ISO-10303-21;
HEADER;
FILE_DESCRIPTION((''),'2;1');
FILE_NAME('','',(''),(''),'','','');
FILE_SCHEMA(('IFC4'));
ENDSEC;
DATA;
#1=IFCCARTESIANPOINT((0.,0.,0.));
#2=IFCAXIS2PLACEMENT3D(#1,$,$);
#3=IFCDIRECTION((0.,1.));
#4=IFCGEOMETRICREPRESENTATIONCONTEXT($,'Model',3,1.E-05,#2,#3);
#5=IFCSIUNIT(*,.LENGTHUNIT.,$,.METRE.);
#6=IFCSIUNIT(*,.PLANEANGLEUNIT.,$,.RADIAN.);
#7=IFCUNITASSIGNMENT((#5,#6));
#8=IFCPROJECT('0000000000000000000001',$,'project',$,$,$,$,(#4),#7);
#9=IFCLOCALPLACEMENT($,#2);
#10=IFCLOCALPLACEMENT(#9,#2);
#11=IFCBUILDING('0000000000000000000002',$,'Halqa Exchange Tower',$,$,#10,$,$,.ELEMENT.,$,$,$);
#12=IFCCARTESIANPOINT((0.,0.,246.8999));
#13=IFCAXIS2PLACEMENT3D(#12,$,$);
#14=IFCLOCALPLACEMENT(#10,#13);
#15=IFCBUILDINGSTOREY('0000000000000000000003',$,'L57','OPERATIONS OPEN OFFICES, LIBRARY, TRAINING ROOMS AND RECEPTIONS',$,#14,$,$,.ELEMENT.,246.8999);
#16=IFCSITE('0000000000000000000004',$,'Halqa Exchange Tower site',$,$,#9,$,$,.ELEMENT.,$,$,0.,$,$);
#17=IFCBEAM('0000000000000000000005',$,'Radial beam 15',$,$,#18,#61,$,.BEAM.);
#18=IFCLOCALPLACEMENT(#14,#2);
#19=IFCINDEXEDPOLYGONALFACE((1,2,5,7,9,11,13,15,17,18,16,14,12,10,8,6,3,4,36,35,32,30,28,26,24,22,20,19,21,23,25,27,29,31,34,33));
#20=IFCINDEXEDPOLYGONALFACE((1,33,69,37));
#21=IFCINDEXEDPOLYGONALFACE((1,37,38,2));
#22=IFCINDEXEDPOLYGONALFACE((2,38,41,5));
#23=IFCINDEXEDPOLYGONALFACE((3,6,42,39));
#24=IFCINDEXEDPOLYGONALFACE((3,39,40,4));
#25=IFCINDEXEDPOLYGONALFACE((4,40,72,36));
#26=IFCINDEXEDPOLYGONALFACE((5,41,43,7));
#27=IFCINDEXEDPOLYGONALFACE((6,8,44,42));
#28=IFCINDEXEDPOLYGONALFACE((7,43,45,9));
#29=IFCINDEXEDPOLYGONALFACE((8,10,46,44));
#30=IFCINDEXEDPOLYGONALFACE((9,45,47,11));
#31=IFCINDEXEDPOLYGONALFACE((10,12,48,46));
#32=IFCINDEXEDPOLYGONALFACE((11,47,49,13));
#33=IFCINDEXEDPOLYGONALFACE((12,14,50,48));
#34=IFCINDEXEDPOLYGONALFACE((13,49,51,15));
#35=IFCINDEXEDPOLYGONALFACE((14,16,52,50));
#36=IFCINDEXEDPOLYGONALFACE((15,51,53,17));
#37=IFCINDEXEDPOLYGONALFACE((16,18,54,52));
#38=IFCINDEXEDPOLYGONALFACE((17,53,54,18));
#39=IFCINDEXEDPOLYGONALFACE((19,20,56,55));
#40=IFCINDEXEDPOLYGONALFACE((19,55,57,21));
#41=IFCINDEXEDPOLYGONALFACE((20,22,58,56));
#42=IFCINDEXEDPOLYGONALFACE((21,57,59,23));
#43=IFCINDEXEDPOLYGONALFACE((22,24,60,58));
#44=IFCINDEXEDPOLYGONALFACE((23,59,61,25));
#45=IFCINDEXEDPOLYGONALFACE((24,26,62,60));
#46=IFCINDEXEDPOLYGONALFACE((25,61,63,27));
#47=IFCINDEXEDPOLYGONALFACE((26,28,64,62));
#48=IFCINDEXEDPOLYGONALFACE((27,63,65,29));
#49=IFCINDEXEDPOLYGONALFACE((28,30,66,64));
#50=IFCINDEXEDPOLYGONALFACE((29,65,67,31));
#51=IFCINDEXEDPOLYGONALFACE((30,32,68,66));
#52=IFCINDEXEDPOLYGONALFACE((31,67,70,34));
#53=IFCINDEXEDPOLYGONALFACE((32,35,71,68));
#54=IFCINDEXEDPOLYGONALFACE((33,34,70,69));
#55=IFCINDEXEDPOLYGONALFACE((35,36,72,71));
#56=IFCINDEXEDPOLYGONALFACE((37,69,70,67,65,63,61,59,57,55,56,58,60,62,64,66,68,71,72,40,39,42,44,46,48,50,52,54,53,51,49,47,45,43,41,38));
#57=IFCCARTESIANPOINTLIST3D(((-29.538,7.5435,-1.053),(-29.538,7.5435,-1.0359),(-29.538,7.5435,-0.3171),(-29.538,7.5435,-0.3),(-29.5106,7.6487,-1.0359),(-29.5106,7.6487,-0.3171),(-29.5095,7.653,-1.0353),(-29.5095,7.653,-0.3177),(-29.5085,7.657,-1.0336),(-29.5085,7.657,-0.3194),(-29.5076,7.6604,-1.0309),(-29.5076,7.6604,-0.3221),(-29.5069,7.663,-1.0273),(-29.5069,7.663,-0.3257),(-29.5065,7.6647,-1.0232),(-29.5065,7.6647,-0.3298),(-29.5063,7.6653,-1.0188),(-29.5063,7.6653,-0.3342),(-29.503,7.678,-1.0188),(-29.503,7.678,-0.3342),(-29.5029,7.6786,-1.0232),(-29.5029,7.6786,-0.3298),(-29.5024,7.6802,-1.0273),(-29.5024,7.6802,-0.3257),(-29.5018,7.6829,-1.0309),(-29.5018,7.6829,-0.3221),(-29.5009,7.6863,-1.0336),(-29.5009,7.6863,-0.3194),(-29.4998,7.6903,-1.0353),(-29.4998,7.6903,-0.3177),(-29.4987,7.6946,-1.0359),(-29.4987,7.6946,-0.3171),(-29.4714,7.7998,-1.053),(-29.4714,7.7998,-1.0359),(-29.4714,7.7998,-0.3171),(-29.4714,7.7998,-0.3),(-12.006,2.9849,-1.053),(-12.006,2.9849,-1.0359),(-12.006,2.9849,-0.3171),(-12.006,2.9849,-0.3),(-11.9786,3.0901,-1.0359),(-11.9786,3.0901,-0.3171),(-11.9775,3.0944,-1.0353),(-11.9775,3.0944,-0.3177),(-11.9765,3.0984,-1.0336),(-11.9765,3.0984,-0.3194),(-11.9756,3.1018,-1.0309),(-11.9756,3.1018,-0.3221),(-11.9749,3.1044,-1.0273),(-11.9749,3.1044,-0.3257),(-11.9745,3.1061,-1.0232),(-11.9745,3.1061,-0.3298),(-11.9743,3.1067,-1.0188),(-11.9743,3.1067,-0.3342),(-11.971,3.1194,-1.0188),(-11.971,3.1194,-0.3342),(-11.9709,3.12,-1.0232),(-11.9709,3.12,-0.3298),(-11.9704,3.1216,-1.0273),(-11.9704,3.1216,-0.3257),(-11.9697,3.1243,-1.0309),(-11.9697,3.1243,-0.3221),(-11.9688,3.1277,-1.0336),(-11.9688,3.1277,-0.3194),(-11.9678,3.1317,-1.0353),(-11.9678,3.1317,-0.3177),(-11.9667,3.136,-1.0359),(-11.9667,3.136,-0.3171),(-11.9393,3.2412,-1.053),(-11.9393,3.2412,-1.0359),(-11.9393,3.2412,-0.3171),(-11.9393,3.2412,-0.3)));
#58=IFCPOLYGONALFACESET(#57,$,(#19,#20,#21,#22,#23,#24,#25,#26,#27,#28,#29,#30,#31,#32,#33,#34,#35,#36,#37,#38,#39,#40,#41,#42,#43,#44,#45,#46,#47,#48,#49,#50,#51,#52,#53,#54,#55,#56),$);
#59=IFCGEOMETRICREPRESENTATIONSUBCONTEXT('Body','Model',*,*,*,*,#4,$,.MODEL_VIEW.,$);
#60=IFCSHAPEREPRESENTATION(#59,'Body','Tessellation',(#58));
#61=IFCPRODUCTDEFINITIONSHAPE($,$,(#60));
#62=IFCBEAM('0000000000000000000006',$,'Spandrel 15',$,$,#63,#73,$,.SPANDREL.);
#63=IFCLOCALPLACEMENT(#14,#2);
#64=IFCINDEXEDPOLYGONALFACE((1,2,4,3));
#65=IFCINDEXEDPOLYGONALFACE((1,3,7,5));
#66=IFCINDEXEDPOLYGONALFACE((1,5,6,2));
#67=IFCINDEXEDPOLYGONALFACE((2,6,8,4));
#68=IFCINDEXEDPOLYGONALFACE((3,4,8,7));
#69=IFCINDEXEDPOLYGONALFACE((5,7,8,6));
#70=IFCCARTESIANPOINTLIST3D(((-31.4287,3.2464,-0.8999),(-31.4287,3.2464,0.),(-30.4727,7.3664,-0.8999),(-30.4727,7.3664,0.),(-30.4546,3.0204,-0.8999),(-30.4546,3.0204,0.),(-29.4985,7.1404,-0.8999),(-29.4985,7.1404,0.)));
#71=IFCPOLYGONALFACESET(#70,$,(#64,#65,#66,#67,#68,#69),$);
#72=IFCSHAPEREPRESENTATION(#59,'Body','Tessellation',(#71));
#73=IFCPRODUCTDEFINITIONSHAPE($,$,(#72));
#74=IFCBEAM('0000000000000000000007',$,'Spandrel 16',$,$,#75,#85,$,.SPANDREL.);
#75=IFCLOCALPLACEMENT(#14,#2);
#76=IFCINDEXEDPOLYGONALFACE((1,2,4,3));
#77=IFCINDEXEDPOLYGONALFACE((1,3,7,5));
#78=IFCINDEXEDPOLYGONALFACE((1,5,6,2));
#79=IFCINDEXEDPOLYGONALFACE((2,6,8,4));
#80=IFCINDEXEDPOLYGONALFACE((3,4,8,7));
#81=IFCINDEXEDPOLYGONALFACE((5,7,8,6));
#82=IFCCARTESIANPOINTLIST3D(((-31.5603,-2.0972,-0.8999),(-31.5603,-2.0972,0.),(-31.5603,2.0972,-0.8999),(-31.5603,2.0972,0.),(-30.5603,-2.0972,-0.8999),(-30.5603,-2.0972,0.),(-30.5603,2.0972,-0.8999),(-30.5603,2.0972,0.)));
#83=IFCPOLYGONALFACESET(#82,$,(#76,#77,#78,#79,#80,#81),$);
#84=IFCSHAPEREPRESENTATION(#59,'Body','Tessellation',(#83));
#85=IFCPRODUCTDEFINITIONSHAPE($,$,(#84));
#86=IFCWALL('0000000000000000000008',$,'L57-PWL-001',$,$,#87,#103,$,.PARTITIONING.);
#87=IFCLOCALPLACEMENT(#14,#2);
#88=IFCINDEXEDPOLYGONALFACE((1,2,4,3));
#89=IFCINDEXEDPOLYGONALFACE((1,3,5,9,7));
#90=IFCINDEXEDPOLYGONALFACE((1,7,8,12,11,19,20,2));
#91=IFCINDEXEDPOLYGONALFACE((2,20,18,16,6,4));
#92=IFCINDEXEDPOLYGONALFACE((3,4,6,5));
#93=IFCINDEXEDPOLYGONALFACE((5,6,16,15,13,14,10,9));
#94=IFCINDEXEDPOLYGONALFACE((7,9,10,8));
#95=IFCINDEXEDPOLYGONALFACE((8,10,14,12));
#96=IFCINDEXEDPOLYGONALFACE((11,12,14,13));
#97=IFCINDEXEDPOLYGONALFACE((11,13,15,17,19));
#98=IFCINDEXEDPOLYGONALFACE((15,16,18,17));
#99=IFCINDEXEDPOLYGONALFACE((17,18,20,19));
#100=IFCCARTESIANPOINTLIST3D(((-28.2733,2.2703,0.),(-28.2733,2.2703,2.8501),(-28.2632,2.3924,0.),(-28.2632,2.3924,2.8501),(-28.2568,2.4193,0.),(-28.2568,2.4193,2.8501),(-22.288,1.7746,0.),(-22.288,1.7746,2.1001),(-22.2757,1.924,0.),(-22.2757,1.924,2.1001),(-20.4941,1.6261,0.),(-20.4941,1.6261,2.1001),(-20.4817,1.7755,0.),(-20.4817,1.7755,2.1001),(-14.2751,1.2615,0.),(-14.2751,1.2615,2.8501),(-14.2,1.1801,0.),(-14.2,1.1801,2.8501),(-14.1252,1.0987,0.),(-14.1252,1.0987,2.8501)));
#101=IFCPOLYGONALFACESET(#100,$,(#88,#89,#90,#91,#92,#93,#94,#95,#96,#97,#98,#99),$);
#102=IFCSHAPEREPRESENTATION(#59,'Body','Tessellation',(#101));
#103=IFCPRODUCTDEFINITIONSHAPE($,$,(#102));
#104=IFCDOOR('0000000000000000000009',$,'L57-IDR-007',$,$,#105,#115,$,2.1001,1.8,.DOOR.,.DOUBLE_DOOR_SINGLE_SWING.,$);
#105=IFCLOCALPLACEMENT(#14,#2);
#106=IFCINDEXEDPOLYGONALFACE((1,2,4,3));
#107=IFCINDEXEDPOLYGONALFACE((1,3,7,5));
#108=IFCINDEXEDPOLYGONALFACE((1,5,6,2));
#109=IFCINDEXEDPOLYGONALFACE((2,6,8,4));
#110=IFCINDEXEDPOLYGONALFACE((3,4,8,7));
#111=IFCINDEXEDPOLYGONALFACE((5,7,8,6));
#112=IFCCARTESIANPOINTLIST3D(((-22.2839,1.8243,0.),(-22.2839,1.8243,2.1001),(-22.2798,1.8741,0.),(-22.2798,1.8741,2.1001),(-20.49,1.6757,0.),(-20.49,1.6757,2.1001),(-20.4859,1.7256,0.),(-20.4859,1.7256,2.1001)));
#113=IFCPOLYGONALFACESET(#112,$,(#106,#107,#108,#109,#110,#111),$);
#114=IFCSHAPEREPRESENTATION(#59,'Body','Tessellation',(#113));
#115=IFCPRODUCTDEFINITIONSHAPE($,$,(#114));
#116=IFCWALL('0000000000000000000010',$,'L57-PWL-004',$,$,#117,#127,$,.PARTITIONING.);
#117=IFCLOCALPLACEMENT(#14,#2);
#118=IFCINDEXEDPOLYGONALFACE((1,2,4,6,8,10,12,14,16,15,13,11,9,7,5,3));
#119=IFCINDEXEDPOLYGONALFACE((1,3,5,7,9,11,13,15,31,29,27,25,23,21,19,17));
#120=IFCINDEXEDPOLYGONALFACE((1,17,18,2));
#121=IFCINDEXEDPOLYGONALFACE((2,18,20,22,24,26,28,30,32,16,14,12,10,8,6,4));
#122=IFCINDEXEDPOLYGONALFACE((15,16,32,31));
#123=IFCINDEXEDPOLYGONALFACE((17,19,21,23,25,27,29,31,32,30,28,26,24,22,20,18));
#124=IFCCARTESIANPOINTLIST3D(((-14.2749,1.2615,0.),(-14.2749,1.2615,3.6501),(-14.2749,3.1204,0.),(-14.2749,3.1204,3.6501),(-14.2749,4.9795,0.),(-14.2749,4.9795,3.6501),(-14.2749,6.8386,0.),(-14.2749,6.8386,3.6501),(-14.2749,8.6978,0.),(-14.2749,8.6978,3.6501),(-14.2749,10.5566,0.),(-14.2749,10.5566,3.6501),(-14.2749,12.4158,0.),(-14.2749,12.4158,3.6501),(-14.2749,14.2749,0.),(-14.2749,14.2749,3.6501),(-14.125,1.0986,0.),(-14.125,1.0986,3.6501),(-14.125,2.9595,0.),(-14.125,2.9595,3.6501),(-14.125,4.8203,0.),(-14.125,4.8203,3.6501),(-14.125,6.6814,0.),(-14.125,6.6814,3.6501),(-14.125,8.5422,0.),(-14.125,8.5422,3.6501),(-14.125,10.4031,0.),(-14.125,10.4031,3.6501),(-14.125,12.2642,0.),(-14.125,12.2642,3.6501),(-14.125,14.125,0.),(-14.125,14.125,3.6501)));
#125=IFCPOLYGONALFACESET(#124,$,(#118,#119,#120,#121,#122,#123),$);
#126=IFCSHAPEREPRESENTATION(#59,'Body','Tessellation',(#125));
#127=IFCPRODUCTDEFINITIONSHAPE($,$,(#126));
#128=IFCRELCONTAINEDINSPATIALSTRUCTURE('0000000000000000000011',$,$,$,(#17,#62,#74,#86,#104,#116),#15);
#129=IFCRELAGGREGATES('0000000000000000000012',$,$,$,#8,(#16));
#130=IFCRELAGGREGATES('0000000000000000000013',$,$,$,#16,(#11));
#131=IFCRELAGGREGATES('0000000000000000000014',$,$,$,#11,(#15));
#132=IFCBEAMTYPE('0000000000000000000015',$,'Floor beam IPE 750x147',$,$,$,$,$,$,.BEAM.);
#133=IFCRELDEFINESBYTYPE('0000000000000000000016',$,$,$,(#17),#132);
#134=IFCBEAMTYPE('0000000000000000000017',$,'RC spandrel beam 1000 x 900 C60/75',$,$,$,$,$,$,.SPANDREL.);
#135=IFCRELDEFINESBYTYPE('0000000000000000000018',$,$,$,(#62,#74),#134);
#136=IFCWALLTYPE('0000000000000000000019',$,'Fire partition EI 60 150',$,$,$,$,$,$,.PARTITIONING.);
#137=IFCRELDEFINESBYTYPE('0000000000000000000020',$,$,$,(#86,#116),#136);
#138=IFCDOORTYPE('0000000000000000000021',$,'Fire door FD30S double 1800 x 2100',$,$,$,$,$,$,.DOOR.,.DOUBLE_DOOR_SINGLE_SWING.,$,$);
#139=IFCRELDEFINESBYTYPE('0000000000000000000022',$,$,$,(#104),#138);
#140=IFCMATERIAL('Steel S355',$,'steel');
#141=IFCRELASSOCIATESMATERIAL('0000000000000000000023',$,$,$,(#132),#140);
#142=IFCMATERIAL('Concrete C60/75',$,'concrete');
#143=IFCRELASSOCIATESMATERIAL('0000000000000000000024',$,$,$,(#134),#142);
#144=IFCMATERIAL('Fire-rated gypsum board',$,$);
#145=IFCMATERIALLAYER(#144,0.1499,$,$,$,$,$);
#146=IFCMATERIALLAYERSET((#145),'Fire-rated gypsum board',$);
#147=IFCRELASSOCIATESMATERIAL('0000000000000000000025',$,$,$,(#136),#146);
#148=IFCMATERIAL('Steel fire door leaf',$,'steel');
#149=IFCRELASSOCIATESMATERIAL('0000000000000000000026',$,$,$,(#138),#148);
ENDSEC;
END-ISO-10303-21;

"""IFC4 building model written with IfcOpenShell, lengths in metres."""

from ifc_helpers import new_model, si_unit, direction, frame, frame_2d, origin, origin_2d, place, context, subcontext, project, spatial, polyline, rectangle, i_section, outline, extrude, material, layer, layer_set, material_profile, profile_set, type_object, element, fill, save


model = new_model("IFC4")

# Units and contexts
model_context = context("Model", 3, precision=1e-05, world=origin(), true_north=direction((0.0, 1.0)))
body_context = subcontext(model_context, "Body", "Model", "MODEL_VIEW")
ifc_project = project(units=[si_unit("LENGTHUNIT", "METRE"), si_unit("PLANEANGLEUNIT", "RADIAN")], contexts=[model_context])

# Site, building, storey
site_placement = place(None, origin())
site = spatial("IfcSite", under=ifc_project, at=site_placement, Name="Halqa Exchange Tower site", CompositionType="ELEMENT", RefElevation=0.0)
building_placement = place(site_placement, origin())
building = spatial("IfcBuilding", under=site, at=building_placement, Name="Halqa Exchange Tower", CompositionType="ELEMENT")
storey_placement = place(building_placement, frame((0.0, 0.0, 246.8999)))
storey = spatial("IfcBuildingStorey", under=building, at=storey_placement, Name="L57", Description="OPERATIONS OPEN OFFICES, LIBRARY, TRAINING ROOMS AND RECEPTIONS", CompositionType="ELEMENT", Elevation=246.8999)

# Shared definitions
ifc_material_1 = material(Name="Concrete C60/75", Category="concrete")

# Beams
ifc_material_2 = material(Name="Steel S355", Category="steel")
ifc_material_profile_1 = material_profile(ifc_material_2, i_section(OverallWidth=0.2649, OverallDepth=0.7529, WebThickness=0.0132, FlangeThickness=0.0171, FilletRadius=0.0171, at=origin_2d()), Name="IPE 750x147")
ifc_profile_set_1 = profile_set([ifc_material_profile_1], Name="Steel S355")
beam_type_1 = type_object("IfcBeamType", Name="Floor beam IPE 750x147", PredefinedType="BEAM", material=ifc_profile_set_1)
beam_1_placement = place(storey_placement, frame((-11.9727, 3.113, -0.6765), z_axis=(-0.967819, 0.251648, 0.0), x_axis=(-0.251648, -0.967819, 0.0)))
element("IfcBeam", 1, at=beam_1_placement, inside=storey, type_object=beam_type_1, Name="Radial beam 15", PredefinedType="BEAM", context=body_context, shape_type="SweptSolid", body=[
    extrude(i_section(OverallWidth=0.2649, OverallDepth=0.7529, WebThickness=0.0132, FlangeThickness=0.0171, FilletRadius=0.0171, at=origin_2d()), origin(), (0.0, 0.0, 1.0), 18.115),
])
ifc_material_profile_2 = material_profile(ifc_material_1, rectangle(XDim=1.0, YDim=0.8999, at=origin_2d()), Name="1000 x 900")
ifc_profile_set_2 = profile_set([ifc_material_profile_2], Name="Concrete C60/75")
beam_type_2 = type_object("IfcBeamType", Name="RC spandrel beam 1000 x 900 C60/75", PredefinedType="SPANDREL", material=ifc_profile_set_2)
beam_2_placement = place(storey_placement, frame((-29.9856, 7.2534, -0.45), z_axis=(-0.22604, -0.974118, 0.0), x_axis=(0.974118, -0.22604, 0.0)))
element("IfcBeam", 2, at=beam_2_placement, inside=storey, type_object=beam_type_2, Name="Spandrel 15", PredefinedType="SPANDREL", context=body_context, shape_type="SweptSolid", body=[
    extrude(rectangle(XDim=1.0, YDim=0.8999, at=origin_2d()), origin(), (0.0, 0.0, 1.0), 4.2295),
])
beam_3_placement = place(storey_placement, frame((-31.0603, 2.0972, -0.45), z_axis=(0.0, -1.0, 0.0), x_axis=(1.0, 0.0, 0.0)))
element("IfcBeam", 3, at=beam_3_placement, inside=storey, type_object=beam_type_2, Name="Spandrel 16", PredefinedType="SPANDREL", context=body_context, shape_type="SweptSolid", body=[
    extrude(rectangle(XDim=1.0, YDim=0.8999, at=origin_2d()), origin(), (0.0, 0.0, 1.0), 4.1943),
])

# Wall, opening, door
ifc_material_3 = material(Name="Fire-rated gypsum board")
ifc_layer_1 = layer(ifc_material_3, 0.1499)
ifc_layer_set_1 = layer_set([ifc_layer_1], Name="Fire-rated gypsum board")
wall_type_1 = type_object("IfcWallType", Name="Fire partition EI 60 150", PredefinedType="PARTITIONING", material=ifc_layer_set_1)
wall_1_placement = place(storey_placement, frame((-28.2671, 2.345, 0.0), z_axis=(0.0, 0.0, 1.0), x_axis=(0.996589, -0.082529, 0.0)))
wall_1 = element("IfcWall", 4, at=wall_1_placement, inside=storey, type_object=wall_type_1, Name="L57-PWL-001", PredefinedType="PARTITIONING", context=body_context, shape_type="SweptSolid", body=[
    extrude(outline(polyline([(14.1965, -0.075), (14.1965, -0.075), (14.1152, 0.0), (14.0337, 0.075), (12.28, 0.075), (10.5264, 0.075), (8.7727, 0.075), (7.019, 0.075), (5.2651, 0.075), (3.5115, 0.075), (1.7578, 0.075), (0.0042, 0.075), (0.0, 0.0476), (0.0, -0.075), (1.7747, -0.075), (3.5491, -0.075), (5.3237, -0.075), (7.0981, -0.075), (8.8728, -0.075), (10.6475, -0.075), (12.4219, -0.075), (14.1965, -0.075)])), origin(), (0.0, 0.0, 1.0), 2.8501),
])
opening_1_placement = place(wall_1_placement, frame((6.0059, 0.0, 0.0)))
opening_1 = element("IfcOpeningElement", 5, at=opening_1_placement, cuts=wall_1, PredefinedType="OPENING", context=body_context, shape_type="SweptSolid", body=[
    extrude(rectangle(XDim=1.8, YDim=2.1001, at=frame_2d((0.8999, 1.05))), frame((0.0, 0.0869, 0.0), z_axis=(0.0, -1.0, 0.0), x_axis=(1.0, 0.0, 0.0)), (0.0, 0.0, 1.0), 0.1738),
])
ifc_material_4 = material(Name="Steel fire door leaf", Category="steel")
door_type_1 = type_object("IfcDoorType", Name="Fire door FD30S double 1800 x 2100", OperationType="DOUBLE_DOOR_SINGLE_SWING", PredefinedType="DOOR", material=ifc_material_4)
door_1_placement = place(opening_1_placement, origin())
door_1 = element("IfcDoor", 6, at=door_1_placement, inside=storey, type_object=door_type_1, Name="L57-IDR-007", OperationType="DOUBLE_DOOR_SINGLE_SWING", OverallHeight=2.1001, OverallWidth=1.8, PredefinedType="DOOR", context=body_context, shape_type="SweptSolid", body=[
    extrude(rectangle(XDim=1.8, YDim=2.1001, at=frame_2d((0.8999, 1.05))), frame((0.0, 0.0249, 0.0), z_axis=(0.0, -1.0, 0.0), x_axis=(1.0, 0.0, 0.0)), (0.0, 0.0, 1.0), 0.05),
])
fill(opening_1, door_1)

# Wall
wall_2_placement = place(storey_placement, frame((-14.2, 1.0984, 0.0), z_axis=(0.0, 0.0, 1.0), x_axis=(0.0, 1.0, 0.0)))
element("IfcWall", 7, at=wall_2_placement, inside=storey, type_object=wall_type_1, Name="L57-PWL-004", PredefinedType="PARTITIONING", context=body_context, shape_type="SweptSolid", body=[
    extrude(outline(polyline([(0.0002, -0.075), (1.8611, -0.075), (3.7219, -0.075), (5.583, -0.075), (7.4438, -0.075), (9.3047, -0.075), (11.1658, -0.075), (13.0266, -0.075), (13.1765, 0.075), (11.3174, 0.075), (9.4583, 0.075), (7.5994, 0.075), (5.7402, 0.075), (3.8811, 0.075), (2.022, 0.075), (0.1631, 0.075), (0.0002, -0.075)])), origin(), (0.0, 0.0, 1.0), 3.6501),
])

save(model, "model.ifc")
